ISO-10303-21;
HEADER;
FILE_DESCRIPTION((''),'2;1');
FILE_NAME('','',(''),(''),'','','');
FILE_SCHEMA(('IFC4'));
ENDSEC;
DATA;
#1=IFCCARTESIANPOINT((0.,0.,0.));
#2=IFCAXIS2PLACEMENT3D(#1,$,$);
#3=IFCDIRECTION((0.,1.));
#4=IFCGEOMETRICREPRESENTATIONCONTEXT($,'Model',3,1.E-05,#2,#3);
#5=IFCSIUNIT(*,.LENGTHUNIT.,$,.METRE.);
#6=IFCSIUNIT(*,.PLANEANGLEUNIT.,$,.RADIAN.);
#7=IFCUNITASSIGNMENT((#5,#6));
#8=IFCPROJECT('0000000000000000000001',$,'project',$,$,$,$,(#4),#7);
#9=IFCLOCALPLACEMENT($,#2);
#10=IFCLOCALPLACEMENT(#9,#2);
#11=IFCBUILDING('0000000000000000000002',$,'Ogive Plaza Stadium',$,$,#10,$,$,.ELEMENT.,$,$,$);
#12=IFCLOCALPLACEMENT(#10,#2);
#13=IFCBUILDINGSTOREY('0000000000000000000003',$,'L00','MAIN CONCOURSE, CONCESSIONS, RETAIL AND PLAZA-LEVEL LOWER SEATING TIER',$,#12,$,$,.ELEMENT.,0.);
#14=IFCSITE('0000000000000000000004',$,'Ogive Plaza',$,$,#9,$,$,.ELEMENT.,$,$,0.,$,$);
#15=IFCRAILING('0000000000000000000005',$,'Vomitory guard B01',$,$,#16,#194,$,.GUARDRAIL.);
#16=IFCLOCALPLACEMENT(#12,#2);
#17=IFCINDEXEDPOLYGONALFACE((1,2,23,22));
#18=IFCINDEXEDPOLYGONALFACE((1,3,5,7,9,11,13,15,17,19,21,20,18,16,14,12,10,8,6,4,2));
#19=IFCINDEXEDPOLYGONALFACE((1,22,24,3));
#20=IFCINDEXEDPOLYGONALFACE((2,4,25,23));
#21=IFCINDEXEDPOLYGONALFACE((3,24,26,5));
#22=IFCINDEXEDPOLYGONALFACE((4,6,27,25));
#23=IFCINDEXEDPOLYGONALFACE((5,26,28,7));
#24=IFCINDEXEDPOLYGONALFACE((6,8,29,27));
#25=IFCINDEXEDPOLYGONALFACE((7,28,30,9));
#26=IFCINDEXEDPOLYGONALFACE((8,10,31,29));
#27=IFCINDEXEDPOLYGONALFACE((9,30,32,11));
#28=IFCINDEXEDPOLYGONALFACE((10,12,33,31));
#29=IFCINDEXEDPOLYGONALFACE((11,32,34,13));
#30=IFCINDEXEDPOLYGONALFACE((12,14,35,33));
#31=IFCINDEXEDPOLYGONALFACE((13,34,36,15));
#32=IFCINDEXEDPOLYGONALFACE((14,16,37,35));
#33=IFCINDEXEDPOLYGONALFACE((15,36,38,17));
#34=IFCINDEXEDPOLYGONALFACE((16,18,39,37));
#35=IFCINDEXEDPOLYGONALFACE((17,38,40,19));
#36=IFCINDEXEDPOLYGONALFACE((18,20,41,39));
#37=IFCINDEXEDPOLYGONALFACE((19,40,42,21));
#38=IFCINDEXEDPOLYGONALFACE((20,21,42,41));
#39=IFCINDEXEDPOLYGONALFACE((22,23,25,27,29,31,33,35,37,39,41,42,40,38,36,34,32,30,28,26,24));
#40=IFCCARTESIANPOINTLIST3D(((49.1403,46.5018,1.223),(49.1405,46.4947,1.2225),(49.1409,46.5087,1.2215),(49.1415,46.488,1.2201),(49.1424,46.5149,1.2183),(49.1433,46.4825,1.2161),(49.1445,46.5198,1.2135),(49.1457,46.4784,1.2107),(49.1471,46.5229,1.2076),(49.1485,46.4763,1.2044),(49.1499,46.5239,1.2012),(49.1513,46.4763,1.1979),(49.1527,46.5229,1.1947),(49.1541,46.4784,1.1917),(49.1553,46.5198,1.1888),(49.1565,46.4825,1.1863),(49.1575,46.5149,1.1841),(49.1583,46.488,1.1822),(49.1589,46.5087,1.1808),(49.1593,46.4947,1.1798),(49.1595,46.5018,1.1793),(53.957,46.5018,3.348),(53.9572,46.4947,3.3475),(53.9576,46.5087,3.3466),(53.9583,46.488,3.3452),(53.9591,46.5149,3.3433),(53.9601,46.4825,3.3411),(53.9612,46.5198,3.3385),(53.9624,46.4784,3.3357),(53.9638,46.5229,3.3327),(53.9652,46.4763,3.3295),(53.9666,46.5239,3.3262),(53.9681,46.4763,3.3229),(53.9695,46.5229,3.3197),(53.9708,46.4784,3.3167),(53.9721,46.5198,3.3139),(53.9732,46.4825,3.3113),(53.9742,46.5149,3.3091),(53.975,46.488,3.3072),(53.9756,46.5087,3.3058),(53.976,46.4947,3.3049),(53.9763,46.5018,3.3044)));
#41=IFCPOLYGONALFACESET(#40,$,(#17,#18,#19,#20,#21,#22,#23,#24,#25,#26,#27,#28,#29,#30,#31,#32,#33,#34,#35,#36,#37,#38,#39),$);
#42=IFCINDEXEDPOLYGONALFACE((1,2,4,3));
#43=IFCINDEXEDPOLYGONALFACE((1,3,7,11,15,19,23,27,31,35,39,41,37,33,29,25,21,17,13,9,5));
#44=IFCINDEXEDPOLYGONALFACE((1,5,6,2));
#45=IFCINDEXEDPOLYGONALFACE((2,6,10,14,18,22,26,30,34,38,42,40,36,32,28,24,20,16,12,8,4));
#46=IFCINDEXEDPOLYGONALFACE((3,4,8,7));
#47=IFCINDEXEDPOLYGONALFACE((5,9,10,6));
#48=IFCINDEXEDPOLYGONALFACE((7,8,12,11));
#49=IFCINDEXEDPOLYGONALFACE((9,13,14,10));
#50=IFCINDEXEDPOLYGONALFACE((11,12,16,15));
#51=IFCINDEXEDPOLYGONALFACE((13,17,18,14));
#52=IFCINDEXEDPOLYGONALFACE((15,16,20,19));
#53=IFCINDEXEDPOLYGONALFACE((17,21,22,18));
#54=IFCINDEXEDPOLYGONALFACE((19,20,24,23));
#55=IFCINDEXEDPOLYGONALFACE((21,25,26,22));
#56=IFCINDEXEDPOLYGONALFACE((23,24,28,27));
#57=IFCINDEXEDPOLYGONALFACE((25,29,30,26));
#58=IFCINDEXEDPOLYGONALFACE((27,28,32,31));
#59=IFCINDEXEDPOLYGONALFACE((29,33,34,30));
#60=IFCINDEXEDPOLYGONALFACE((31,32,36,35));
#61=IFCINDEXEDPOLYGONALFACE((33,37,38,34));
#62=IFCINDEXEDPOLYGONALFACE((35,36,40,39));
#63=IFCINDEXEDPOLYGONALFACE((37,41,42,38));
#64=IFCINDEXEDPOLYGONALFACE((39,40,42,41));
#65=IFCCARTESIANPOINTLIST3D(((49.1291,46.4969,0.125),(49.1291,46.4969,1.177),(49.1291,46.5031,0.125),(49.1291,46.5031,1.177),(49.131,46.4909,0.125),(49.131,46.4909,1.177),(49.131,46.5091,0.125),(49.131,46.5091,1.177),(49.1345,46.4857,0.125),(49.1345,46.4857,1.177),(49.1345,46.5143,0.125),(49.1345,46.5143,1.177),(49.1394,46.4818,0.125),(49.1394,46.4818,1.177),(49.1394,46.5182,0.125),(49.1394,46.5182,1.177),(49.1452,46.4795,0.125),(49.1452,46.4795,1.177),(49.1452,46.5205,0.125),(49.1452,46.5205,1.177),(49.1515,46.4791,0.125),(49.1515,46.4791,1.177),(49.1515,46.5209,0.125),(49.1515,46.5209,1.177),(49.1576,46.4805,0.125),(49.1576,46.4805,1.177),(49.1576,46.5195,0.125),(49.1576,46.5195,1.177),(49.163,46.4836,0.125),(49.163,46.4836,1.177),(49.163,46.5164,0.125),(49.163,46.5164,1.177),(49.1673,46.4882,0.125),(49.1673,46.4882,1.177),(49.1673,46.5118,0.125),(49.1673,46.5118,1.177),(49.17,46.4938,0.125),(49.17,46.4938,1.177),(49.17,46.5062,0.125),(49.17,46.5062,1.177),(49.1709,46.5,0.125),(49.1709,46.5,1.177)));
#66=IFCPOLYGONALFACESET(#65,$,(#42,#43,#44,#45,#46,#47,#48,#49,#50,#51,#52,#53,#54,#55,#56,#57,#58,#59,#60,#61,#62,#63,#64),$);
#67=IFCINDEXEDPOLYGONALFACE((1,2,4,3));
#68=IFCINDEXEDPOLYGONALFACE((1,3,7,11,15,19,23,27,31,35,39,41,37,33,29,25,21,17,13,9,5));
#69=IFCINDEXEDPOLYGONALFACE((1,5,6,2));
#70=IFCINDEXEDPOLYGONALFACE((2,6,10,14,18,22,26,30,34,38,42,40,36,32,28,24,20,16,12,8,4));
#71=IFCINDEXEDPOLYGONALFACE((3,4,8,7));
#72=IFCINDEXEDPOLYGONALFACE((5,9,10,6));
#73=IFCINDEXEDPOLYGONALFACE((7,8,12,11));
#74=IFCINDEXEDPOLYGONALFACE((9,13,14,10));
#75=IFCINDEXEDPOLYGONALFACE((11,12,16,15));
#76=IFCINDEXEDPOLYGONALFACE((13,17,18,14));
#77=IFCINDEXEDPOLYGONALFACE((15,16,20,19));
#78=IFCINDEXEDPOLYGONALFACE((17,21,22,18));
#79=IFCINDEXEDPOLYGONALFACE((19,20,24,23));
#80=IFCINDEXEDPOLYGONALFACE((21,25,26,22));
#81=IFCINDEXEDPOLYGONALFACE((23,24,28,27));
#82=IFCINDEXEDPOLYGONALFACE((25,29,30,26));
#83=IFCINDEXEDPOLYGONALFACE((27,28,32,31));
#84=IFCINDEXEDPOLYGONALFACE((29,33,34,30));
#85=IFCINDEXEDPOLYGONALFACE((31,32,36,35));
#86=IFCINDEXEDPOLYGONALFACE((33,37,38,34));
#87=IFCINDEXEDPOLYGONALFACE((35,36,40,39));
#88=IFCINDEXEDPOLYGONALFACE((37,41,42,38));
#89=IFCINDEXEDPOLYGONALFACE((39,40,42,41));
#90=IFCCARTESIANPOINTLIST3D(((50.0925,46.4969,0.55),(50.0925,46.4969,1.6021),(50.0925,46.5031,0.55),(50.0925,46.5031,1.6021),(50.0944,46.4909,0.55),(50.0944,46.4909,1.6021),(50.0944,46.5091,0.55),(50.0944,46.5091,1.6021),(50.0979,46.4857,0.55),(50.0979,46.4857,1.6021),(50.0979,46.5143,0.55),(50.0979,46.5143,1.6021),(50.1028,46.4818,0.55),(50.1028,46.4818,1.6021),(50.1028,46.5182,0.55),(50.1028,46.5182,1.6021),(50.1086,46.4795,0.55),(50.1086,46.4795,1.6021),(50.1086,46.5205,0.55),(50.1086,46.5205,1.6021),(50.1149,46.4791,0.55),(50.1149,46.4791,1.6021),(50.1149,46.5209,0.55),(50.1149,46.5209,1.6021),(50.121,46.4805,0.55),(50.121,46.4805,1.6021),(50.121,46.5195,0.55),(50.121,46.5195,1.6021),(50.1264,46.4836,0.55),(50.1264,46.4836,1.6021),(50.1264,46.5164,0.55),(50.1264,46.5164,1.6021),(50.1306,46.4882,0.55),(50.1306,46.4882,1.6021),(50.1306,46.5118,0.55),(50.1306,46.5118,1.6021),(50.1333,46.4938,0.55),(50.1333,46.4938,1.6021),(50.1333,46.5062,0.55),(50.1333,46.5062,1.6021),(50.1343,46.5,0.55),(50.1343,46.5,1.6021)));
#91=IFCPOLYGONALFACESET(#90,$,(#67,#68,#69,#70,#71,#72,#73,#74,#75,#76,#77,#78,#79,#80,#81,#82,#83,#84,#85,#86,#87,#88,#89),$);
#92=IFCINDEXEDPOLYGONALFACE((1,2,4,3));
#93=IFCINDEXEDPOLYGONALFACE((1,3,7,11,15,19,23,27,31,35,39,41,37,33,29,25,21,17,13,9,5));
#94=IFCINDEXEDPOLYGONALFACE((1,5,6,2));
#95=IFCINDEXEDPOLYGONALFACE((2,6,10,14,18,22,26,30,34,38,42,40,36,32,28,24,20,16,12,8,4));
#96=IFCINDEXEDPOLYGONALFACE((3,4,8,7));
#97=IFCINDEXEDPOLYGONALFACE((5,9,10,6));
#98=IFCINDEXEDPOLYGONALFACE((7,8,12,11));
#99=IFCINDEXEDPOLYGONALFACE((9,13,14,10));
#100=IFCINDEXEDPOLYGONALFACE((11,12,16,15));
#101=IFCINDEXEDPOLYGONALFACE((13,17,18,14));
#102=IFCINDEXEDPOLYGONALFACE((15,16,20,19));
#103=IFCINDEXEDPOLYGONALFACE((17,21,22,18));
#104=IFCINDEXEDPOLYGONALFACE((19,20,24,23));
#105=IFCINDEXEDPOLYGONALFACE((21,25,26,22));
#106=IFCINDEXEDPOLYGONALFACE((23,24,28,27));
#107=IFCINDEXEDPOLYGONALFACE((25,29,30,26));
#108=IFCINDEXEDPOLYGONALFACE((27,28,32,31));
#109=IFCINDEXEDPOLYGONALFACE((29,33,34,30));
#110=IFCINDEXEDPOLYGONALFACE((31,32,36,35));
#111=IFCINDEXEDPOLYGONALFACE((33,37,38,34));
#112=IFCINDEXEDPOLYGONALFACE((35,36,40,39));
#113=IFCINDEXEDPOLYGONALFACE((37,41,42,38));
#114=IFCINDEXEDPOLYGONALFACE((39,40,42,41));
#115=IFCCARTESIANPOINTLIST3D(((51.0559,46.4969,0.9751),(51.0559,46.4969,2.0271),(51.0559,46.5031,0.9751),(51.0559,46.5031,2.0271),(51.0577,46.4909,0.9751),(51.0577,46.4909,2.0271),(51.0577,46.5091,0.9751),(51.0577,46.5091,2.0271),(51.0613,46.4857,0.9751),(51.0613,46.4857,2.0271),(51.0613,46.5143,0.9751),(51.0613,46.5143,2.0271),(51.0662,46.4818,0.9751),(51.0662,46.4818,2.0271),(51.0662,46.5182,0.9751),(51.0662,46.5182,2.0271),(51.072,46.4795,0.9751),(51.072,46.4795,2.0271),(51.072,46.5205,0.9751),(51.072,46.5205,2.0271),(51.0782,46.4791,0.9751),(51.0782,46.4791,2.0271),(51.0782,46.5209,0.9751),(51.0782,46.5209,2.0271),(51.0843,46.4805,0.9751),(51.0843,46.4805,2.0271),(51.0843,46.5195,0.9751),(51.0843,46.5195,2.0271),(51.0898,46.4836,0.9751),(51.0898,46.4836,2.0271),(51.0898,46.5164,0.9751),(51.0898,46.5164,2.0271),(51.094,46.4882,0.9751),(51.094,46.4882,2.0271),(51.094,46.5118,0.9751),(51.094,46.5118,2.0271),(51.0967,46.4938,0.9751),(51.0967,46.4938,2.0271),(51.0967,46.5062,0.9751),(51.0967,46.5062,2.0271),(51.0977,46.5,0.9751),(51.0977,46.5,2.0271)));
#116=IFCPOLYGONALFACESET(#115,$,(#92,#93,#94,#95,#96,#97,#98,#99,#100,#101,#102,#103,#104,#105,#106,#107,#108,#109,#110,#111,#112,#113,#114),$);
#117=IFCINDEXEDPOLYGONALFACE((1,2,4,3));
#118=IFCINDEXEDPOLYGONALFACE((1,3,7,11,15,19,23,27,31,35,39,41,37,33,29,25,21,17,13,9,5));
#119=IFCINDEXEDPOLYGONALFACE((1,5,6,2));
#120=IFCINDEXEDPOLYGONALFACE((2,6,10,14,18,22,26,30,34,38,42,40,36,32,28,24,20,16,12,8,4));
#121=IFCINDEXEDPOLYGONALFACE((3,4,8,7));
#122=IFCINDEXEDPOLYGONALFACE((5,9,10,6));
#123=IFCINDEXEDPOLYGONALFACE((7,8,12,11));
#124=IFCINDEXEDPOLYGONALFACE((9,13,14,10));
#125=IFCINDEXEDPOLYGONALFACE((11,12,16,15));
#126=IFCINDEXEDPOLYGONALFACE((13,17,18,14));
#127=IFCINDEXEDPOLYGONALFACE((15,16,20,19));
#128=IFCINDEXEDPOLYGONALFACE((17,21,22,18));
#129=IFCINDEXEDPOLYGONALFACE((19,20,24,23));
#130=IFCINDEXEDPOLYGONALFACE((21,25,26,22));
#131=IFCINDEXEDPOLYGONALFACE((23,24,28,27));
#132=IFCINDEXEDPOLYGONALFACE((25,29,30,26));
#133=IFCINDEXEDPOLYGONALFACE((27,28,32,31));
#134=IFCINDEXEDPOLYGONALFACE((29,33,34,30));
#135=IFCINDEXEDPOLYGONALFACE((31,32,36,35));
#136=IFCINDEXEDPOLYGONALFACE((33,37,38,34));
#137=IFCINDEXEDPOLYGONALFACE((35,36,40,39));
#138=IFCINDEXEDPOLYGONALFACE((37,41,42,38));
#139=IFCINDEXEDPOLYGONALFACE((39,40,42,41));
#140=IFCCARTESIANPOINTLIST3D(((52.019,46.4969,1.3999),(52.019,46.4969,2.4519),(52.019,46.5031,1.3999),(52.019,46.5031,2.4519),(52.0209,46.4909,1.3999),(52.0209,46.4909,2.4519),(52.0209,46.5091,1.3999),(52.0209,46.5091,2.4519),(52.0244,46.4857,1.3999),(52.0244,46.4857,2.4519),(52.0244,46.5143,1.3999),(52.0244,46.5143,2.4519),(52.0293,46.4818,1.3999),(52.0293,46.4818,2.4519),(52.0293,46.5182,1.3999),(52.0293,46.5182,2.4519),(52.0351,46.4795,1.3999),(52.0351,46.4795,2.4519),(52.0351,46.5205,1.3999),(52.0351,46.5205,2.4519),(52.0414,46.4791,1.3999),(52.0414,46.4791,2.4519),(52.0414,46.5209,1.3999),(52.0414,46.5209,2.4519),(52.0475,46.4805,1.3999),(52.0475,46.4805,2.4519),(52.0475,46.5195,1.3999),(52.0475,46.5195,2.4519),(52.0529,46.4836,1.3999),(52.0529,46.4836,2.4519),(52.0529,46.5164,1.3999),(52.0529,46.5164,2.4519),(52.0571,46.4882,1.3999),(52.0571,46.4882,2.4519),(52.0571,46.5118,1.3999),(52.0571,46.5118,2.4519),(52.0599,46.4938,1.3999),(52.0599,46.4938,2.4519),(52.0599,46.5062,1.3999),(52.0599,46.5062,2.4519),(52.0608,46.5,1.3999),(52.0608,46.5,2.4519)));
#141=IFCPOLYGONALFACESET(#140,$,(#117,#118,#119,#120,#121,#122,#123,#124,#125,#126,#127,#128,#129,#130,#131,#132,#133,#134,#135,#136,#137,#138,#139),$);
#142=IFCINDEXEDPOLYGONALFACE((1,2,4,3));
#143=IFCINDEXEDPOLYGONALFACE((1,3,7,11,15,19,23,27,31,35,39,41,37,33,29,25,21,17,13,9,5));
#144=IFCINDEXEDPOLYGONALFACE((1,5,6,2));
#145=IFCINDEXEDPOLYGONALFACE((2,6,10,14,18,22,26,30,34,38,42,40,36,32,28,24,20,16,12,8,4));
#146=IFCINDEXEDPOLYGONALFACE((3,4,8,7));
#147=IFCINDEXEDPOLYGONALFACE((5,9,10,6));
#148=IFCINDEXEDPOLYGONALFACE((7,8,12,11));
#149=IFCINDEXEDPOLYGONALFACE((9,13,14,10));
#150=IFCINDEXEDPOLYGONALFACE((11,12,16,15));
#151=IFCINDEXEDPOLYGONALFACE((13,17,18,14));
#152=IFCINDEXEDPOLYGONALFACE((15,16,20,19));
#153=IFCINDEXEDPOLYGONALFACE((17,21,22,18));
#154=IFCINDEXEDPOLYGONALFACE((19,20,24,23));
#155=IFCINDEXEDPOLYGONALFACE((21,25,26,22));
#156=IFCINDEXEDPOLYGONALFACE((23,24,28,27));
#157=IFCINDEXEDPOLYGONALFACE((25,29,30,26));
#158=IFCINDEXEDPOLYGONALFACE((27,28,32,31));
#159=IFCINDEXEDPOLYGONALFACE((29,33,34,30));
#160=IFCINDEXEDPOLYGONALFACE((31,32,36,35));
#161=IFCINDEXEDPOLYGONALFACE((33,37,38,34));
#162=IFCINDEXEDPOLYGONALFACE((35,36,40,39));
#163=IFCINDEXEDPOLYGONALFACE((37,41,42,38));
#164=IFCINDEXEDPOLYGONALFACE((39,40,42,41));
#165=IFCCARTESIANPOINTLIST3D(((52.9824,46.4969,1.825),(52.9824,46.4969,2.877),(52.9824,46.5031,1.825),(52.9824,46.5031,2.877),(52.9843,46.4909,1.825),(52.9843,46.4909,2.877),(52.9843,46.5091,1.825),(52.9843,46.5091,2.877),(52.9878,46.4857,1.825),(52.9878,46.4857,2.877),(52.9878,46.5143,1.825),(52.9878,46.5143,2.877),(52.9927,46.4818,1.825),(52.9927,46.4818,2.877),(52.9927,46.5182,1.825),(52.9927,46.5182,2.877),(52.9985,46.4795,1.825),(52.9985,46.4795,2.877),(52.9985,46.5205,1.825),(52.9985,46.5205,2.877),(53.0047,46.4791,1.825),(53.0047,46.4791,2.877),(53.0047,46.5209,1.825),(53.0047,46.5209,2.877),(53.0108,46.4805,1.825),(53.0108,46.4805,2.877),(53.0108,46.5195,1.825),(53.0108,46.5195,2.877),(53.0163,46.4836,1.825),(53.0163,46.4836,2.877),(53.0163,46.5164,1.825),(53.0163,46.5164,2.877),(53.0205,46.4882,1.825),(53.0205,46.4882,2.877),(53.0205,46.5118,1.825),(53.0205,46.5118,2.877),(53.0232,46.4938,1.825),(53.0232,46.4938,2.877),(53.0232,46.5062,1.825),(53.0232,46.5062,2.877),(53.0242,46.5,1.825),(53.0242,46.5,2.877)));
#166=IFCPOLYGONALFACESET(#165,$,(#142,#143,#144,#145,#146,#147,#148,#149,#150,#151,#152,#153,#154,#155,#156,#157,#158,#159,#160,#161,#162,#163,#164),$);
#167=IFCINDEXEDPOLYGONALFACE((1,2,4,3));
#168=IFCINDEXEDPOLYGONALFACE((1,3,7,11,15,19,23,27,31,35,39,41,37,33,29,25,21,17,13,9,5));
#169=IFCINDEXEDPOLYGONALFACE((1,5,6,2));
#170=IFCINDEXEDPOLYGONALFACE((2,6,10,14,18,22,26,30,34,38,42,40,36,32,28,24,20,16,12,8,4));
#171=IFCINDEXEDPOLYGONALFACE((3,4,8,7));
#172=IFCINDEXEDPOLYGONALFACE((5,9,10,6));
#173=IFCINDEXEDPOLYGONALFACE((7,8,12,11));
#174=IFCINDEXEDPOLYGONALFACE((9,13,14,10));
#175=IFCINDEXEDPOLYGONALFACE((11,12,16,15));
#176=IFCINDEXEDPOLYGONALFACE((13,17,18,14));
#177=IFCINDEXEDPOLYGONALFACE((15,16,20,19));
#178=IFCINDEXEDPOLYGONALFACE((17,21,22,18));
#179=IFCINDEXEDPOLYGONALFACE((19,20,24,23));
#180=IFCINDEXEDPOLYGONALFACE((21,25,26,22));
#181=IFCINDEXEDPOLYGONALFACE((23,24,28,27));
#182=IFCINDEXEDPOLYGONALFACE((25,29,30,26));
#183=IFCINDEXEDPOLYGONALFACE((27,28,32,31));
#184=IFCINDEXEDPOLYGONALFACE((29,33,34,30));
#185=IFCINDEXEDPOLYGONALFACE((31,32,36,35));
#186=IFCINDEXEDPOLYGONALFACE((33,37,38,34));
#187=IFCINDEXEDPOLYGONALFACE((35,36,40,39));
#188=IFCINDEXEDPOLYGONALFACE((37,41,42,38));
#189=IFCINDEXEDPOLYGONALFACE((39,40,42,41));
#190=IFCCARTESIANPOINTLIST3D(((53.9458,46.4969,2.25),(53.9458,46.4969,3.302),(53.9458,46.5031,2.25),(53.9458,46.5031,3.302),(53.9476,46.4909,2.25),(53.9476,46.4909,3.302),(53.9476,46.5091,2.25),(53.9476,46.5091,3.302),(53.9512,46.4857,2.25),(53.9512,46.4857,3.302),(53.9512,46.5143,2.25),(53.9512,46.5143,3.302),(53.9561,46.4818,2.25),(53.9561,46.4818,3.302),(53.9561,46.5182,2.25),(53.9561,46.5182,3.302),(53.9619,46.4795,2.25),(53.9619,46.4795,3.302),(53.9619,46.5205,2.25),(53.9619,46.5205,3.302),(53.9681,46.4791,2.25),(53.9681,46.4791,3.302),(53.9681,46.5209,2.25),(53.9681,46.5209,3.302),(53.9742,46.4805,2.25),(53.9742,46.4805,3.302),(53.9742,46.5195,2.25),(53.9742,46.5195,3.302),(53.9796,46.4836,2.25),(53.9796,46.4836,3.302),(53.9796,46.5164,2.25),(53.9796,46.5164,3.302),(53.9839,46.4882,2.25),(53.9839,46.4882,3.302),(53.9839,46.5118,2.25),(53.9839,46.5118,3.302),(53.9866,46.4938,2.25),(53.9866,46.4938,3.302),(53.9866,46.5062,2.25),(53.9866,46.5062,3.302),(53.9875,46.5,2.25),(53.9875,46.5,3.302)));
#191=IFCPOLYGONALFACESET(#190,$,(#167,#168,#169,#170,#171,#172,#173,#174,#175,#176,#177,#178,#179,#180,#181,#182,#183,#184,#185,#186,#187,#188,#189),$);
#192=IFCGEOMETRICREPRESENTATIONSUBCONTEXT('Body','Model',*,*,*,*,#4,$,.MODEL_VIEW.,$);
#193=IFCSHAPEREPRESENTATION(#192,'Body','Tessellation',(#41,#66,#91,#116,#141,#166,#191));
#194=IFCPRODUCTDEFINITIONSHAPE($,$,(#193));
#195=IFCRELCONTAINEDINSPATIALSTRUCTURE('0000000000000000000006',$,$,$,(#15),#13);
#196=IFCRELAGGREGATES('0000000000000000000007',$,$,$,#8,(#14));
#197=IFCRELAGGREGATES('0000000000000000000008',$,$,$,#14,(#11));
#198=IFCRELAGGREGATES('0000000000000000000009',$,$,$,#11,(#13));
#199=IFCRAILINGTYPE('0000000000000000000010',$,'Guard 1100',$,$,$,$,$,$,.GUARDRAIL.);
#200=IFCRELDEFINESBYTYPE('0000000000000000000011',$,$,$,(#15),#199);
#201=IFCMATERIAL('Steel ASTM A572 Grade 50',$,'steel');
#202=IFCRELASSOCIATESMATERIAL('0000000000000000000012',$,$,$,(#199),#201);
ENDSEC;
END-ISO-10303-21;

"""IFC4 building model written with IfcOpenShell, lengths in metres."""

from ifc_helpers import new_model, si_unit, direction, frame, origin, origin_2d, place, context, subcontext, project, spatial, circle, extrude, material, type_object, element, save


model = new_model("IFC4")

# Units and contexts
model_context = context("Model", 3, precision=1e-05, world=origin(), true_north=direction((0.0, 1.0)))
body_context = subcontext(model_context, "Body", "Model", "MODEL_VIEW")
ifc_project = project(units=[si_unit("LENGTHUNIT", "METRE"), si_unit("PLANEANGLEUNIT", "RADIAN")], contexts=[model_context])

# Site, building, storey
site_placement = place(None, origin())
site = spatial("IfcSite", under=ifc_project, at=site_placement, Name="Ogive Plaza", CompositionType="ELEMENT", RefElevation=0.0)
building_placement = place(site_placement, origin())
building = spatial("IfcBuilding", under=site, at=building_placement, Name="Ogive Plaza Stadium", CompositionType="ELEMENT")
storey_placement = place(building_placement, origin())
storey = spatial("IfcBuildingStorey", under=building, at=storey_placement, Name="L00", Description="MAIN CONCOURSE, CONCESSIONS, RETAIL AND PLAZA-LEVEL LOWER SEATING TIER", CompositionType="ELEMENT", Elevation=0.0)

# Railing
ifc_material_1 = material(Name="Steel ASTM A572 Grade 50", Category="steel")
railing_type = type_object("IfcRailingType", Name="Guard 1100", PredefinedType="GUARDRAIL", material=ifc_material_1)
for number, where, name in (
    (1, (49.1499, 46.5, 0.125), "Vomitory guard B01"),
):
    element("IfcRailing", number, at=place(storey_placement, frame(where)), inside=storey, type_object=railing_type, Name=name, PredefinedType="GUARDRAIL", context=body_context, shape_type="SweptSolid", body=[
        extrude(circle(Radius=0.0239, at=origin_2d()), frame((0.0, 0.0, 1.0762), z_axis=(0.914917, 0.0, 0.403641), x_axis=(0.0, 1.0, 0.0)), (0.0, 0.0, 1.0), 5.2646),
        extrude(circle(Radius=0.021, at=origin_2d()), origin(), (0.0, 0.0, 1.0), 1.052),
        extrude(circle(Radius=0.021, at=origin_2d()), frame((0.9634, 0.0, 0.425)), (0.0, 0.0, 1.0), 1.052),
        extrude(circle(Radius=0.021, at=origin_2d()), frame((1.9268, 0.0, 0.8501)), (0.0, 0.0, 1.0), 1.052),
        extrude(circle(Radius=0.021, at=origin_2d()), frame((2.8899, 0.0, 1.2749)), (0.0, 0.0, 1.0), 1.052),
        extrude(circle(Radius=0.021, at=origin_2d()), frame((3.8533, 0.0, 1.7)), (0.0, 0.0, 1.0), 1.052),
        extrude(circle(Radius=0.021, at=origin_2d()), frame((4.8167, 0.0, 2.125)), (0.0, 0.0, 1.0), 1.052),
    ])

save(model, "model.ifc")
